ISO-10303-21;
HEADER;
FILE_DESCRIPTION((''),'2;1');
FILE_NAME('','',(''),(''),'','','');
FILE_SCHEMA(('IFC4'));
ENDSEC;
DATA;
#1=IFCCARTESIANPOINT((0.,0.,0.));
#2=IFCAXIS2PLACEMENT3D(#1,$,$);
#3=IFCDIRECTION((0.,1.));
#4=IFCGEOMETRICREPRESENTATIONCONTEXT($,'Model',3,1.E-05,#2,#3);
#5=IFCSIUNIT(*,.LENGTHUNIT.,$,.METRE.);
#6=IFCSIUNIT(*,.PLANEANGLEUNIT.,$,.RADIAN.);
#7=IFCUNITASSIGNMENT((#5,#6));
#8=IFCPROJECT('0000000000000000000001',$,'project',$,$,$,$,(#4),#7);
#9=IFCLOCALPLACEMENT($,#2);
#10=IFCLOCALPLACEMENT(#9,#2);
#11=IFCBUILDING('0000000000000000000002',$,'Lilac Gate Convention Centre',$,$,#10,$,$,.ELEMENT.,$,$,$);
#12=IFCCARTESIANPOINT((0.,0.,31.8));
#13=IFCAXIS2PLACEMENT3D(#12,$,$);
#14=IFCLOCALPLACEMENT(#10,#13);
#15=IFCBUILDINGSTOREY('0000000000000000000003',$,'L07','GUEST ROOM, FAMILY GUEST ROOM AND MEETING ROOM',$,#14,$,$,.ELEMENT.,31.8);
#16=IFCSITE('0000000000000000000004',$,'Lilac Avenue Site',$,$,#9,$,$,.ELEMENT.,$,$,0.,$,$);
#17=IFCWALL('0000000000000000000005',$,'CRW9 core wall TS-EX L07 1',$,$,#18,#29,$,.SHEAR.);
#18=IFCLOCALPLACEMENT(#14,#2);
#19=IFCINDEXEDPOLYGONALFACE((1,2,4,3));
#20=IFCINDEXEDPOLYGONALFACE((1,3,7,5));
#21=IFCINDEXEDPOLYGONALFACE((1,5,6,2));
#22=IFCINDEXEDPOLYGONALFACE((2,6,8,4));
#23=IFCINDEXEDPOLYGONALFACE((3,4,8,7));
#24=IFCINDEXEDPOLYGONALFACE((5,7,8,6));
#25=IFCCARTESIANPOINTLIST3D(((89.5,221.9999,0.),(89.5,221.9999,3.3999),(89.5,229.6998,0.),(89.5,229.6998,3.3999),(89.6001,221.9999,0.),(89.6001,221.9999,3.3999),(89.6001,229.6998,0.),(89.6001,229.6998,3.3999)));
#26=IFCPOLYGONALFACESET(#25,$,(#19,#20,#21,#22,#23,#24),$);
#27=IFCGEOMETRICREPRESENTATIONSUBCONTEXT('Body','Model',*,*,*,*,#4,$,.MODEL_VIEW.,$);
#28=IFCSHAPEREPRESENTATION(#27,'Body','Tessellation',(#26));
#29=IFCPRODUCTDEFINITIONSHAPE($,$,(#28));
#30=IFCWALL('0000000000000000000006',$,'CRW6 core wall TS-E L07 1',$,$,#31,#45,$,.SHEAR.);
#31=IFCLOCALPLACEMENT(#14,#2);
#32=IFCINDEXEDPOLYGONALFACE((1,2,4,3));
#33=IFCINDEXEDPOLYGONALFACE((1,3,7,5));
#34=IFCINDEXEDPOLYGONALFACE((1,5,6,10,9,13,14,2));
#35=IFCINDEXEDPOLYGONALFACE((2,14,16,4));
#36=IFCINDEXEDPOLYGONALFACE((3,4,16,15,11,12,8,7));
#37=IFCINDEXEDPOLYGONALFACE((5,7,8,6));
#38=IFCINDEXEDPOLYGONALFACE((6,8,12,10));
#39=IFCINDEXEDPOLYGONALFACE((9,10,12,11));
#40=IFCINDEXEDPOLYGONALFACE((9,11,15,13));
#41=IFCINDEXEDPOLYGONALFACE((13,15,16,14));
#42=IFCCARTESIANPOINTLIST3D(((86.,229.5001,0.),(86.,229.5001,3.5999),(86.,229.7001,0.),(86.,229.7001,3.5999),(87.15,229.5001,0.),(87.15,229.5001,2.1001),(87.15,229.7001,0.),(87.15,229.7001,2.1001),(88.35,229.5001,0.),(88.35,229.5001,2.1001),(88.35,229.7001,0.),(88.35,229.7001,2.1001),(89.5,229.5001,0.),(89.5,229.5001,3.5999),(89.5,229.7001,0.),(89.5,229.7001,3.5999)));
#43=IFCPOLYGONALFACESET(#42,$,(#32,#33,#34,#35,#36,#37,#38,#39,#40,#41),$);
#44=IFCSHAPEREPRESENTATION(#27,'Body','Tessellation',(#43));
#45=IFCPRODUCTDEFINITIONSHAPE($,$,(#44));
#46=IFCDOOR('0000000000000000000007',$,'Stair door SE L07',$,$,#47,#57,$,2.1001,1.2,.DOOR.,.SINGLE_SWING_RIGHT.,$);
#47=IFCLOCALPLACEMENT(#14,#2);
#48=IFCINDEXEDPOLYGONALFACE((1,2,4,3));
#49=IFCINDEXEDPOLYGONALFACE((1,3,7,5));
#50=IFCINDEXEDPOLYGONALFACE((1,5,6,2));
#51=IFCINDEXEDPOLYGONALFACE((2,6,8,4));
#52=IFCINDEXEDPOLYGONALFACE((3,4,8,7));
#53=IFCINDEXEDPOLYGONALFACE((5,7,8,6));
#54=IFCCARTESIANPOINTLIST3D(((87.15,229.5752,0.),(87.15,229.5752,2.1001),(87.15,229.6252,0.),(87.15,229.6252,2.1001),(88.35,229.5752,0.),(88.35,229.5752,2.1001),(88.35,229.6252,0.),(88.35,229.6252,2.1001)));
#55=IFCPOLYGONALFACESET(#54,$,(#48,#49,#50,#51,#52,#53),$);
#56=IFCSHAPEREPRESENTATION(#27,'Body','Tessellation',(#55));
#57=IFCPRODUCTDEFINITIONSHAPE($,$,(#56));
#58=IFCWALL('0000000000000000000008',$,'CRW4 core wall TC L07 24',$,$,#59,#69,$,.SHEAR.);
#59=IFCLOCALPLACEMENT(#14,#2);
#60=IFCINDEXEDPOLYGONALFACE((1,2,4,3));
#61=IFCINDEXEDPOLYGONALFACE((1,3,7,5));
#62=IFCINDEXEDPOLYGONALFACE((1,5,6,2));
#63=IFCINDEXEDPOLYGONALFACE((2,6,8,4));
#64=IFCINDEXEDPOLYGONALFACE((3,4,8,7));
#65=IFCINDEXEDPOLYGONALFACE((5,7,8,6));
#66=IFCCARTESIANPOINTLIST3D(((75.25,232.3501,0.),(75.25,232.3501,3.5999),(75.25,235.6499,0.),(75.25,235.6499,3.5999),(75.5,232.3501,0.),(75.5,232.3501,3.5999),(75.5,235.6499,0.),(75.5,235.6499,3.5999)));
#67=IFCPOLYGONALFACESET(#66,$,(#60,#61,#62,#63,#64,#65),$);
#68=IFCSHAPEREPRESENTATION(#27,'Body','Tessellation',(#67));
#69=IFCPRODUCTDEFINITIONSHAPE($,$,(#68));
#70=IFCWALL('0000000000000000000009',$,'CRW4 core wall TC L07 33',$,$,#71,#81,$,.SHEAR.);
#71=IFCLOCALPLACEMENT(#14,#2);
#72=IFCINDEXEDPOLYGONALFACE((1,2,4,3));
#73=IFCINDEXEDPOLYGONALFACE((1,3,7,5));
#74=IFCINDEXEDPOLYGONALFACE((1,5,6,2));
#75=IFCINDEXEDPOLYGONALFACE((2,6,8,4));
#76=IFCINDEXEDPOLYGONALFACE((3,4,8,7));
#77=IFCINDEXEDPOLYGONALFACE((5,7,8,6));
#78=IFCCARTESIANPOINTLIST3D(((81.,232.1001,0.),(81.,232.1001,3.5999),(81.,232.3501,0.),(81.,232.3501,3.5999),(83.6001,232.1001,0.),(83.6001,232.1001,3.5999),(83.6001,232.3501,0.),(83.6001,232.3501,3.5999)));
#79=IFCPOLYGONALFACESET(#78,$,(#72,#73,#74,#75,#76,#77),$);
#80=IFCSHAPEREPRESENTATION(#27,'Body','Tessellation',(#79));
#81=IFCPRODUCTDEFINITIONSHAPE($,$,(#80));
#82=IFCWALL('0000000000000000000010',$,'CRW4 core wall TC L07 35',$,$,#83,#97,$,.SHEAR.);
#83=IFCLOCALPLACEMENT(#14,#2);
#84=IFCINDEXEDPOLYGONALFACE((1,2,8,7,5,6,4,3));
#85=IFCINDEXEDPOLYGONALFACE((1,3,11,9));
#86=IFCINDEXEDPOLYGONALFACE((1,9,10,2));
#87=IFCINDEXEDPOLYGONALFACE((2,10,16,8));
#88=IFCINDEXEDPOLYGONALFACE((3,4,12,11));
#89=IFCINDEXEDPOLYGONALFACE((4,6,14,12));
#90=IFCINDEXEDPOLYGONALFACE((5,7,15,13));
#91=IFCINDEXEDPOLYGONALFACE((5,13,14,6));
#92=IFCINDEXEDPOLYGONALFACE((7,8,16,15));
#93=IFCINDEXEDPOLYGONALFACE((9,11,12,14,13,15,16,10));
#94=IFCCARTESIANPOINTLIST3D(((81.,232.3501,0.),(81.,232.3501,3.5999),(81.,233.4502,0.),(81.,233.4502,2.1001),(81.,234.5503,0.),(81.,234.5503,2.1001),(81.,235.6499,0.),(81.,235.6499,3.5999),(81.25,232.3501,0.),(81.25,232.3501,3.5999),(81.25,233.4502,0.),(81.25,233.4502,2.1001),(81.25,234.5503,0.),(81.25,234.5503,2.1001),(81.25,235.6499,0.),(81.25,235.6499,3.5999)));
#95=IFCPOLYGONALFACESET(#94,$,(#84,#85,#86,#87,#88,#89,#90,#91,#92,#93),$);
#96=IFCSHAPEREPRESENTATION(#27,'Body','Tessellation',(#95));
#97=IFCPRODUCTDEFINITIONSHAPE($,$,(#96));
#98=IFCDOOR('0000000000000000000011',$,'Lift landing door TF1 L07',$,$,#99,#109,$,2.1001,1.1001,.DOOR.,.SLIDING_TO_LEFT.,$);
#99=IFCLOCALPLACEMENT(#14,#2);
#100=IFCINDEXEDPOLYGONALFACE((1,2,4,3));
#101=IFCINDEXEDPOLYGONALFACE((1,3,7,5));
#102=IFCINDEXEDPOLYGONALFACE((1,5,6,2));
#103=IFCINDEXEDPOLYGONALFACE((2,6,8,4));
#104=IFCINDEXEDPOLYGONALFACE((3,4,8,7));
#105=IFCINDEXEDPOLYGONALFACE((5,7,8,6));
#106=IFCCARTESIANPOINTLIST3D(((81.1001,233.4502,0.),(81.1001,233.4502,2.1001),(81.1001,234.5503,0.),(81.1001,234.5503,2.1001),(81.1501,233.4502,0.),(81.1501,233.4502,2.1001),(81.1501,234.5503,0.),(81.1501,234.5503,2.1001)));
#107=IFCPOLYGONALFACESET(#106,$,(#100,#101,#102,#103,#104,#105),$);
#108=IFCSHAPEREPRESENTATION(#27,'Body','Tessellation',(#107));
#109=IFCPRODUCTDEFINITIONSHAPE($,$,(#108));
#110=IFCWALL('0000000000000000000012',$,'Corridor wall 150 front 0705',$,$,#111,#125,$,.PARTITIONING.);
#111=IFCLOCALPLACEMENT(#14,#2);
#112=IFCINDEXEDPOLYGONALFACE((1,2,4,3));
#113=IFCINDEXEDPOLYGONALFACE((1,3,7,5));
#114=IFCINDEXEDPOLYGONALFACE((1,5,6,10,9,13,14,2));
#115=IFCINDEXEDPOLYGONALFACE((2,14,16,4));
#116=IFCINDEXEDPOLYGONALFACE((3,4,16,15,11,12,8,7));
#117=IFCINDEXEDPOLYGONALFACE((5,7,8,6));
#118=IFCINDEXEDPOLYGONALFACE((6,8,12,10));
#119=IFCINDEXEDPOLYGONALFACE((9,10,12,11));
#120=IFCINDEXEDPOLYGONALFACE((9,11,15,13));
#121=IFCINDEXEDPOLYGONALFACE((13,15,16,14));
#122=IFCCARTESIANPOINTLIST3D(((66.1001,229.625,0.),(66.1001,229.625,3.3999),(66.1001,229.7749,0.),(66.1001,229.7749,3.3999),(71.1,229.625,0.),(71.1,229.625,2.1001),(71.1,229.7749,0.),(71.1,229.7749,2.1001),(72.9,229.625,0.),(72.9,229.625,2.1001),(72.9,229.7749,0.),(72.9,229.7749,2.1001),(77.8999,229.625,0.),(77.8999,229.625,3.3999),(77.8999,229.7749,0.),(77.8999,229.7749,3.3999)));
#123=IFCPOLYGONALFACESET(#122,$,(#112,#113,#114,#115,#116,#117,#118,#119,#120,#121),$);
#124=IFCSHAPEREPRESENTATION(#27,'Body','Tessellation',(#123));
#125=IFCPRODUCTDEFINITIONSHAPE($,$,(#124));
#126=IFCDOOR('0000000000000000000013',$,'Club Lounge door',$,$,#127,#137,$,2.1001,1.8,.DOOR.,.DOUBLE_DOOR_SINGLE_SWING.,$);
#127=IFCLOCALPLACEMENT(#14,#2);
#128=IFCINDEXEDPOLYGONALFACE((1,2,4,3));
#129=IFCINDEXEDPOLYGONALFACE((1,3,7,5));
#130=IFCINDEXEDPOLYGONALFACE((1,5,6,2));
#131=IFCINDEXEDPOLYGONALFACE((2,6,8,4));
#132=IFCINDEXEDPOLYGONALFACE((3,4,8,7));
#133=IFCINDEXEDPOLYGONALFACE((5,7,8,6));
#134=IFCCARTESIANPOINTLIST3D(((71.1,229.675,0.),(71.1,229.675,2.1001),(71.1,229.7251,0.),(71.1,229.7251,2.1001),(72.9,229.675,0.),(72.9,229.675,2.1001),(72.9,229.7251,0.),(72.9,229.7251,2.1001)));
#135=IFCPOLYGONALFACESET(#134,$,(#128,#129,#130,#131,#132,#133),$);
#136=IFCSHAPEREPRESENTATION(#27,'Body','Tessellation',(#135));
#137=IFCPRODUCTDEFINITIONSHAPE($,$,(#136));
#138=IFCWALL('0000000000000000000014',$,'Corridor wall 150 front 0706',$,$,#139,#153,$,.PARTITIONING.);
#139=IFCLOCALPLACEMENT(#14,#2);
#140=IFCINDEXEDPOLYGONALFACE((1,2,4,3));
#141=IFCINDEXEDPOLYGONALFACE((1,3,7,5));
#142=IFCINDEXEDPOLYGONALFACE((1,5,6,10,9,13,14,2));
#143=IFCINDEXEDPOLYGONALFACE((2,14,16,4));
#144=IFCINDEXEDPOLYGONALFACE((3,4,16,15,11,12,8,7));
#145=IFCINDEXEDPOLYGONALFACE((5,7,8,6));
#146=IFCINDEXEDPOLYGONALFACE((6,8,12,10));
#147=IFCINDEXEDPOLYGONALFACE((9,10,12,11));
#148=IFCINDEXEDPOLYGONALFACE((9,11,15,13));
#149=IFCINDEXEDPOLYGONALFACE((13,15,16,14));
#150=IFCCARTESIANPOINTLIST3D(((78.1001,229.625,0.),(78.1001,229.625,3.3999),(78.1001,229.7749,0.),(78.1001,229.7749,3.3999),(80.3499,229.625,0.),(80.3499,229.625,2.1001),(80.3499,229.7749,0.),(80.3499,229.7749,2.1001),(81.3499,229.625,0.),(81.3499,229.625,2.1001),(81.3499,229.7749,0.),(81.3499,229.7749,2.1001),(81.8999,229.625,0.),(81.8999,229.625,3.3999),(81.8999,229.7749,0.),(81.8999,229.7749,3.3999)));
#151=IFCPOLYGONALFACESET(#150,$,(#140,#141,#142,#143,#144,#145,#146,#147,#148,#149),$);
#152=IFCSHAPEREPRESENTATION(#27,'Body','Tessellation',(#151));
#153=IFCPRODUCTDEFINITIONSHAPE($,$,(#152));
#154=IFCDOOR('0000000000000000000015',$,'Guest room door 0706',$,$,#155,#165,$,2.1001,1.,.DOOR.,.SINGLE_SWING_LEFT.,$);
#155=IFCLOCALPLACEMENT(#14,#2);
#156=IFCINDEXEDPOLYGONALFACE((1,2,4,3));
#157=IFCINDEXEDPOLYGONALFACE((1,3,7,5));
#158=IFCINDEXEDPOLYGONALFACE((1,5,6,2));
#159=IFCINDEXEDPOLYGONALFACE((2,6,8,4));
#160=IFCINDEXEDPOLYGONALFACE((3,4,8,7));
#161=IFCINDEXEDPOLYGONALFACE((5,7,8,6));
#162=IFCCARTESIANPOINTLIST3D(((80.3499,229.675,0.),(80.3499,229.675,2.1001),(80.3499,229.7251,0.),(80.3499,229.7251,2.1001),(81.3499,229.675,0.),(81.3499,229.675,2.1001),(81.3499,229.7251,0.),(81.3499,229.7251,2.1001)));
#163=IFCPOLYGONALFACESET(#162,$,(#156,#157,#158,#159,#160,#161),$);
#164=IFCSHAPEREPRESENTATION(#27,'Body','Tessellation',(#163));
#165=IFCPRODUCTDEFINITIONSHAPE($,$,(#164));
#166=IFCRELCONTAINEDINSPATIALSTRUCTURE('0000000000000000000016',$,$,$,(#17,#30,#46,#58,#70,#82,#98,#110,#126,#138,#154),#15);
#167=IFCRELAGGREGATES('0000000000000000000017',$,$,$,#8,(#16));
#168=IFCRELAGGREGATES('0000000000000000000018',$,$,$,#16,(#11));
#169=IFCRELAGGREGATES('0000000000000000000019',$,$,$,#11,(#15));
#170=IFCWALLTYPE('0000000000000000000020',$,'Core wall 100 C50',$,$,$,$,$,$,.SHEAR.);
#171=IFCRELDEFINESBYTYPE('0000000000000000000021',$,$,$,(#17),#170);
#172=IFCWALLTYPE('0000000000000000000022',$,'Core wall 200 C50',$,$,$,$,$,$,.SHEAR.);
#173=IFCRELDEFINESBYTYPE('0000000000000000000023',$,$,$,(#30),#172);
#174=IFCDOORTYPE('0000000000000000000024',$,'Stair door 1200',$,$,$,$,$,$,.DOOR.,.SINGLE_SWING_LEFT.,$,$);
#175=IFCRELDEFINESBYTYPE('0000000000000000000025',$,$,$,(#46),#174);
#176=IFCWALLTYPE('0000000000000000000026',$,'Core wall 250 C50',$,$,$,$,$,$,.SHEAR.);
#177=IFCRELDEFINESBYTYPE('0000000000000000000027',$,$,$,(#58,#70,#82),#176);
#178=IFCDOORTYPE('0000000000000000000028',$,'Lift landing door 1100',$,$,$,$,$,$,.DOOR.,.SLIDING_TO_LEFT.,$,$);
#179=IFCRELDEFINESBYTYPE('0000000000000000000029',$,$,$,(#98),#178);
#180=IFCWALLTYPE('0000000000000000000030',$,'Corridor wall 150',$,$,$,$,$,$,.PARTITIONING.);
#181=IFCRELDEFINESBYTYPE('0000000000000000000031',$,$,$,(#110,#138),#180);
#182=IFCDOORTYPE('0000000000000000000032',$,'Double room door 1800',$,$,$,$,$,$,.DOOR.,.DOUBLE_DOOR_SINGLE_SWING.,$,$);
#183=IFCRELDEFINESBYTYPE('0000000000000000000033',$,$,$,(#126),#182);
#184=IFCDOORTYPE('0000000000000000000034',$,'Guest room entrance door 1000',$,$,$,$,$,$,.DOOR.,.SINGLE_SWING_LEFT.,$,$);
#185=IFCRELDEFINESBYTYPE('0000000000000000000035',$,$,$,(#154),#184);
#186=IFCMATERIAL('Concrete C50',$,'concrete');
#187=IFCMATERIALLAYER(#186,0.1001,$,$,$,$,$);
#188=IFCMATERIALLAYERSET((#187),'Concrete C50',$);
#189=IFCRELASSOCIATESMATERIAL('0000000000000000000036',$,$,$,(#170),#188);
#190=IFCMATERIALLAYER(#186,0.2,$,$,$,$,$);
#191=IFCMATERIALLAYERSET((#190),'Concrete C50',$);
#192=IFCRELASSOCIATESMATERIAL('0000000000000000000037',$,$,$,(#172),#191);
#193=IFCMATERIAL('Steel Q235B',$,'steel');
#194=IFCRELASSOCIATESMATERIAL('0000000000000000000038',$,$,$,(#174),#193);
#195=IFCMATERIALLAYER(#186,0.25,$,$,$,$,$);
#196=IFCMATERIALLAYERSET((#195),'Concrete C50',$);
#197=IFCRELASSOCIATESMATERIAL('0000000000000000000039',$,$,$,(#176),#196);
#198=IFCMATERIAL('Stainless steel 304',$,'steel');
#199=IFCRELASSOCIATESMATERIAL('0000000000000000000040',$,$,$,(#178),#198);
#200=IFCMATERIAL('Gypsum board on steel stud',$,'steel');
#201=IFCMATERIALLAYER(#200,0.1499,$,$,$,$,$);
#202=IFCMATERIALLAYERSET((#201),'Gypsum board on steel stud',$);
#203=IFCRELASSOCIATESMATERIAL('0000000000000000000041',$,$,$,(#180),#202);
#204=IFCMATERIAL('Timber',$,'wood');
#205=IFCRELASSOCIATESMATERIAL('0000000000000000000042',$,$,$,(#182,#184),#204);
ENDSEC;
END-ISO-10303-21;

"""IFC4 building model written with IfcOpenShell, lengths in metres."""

from ifc_helpers import new_model, si_unit, direction, frame, frame_2d, origin, place, context, subcontext, project, spatial, rectangle, extrude, material, layer, layer_set, type_object, element, fill, save


model = new_model("IFC4")

# Units and contexts
model_context = context("Model", 3, precision=1e-05, world=origin(), true_north=direction((0.0, 1.0)))
body_context = subcontext(model_context, "Body", "Model", "MODEL_VIEW")
ifc_project = project(units=[si_unit("LENGTHUNIT", "METRE"), si_unit("PLANEANGLEUNIT", "RADIAN")], contexts=[model_context])

# Site, building, storey
site_placement = place(None, origin())
site = spatial("IfcSite", under=ifc_project, at=site_placement, Name="Lilac Avenue Site", CompositionType="ELEMENT", RefElevation=0.0)
building_placement = place(site_placement, origin())
building = spatial("IfcBuilding", under=site, at=building_placement, Name="Lilac Gate Convention Centre", CompositionType="ELEMENT")
storey_placement = place(building_placement, frame((0.0, 0.0, 31.8)))
storey = spatial("IfcBuildingStorey", under=building, at=storey_placement, Name="L07", Description="GUEST ROOM, FAMILY GUEST ROOM AND MEETING ROOM", CompositionType="ELEMENT", Elevation=31.8)

# Wall
ifc_material_1 = material(Name="Concrete C50", Category="concrete")
ifc_layer_1 = layer(ifc_material_1, 0.1001)
ifc_layer_set_1 = layer_set([ifc_layer_1], Name="Concrete C50")
wall_type_1 = type_object("IfcWallType", Name="Core wall 100 C50", PredefinedType="SHEAR", material=ifc_layer_set_1)
wall_1_placement = place(storey_placement, frame((89.55, 229.7, 0.0), z_axis=(0.0, 0.0, 1.0), x_axis=(0.0, -1.0, 0.0)))
element("IfcWall", 1, at=wall_1_placement, inside=storey, type_object=wall_type_1, Name="CRW9 core wall TS-EX L07 1", PredefinedType="SHEAR", context=body_context, shape_type="SweptSolid", body=[
    extrude(rectangle(XDim=7.7, YDim=0.1001, at=frame_2d((3.8501, 0.0))), origin(), (0.0, 0.0, 1.0), 3.3999),
])

# Wall, opening, door
ifc_layer_2 = layer(ifc_material_1, 0.2)
ifc_layer_set_2 = layer_set([ifc_layer_2], Name="Concrete C50")
wall_type_2 = type_object("IfcWallType", Name="Core wall 200 C50", PredefinedType="SHEAR", material=ifc_layer_set_2)
wall_2_placement = place(storey_placement, frame((89.5, 229.6001, 0.0), z_axis=(0.0, 0.0, 1.0), x_axis=(-1.0, 0.0, 0.0)))
wall_2 = element("IfcWall", 2, at=wall_2_placement, inside=storey, type_object=wall_type_2, Name="CRW6 core wall TS-E L07 1", PredefinedType="SHEAR", context=body_context, shape_type="SweptSolid", body=[
    extrude(rectangle(XDim=3.5, YDim=0.2, at=frame_2d((1.75, 0.0))), origin(), (0.0, 0.0, 1.0), 3.5999),
])
opening_1_placement = place(wall_2_placement, frame((1.1499, 0.0, 0.0)))
opening_1 = element("IfcOpeningElement", 3, at=opening_1_placement, cuts=wall_2, PredefinedType="OPENING", context=body_context, shape_type="SweptSolid", body=[
    extrude(rectangle(XDim=1.2, YDim=2.1001, at=frame_2d((0.6001, 1.05))), frame((0.0, 0.1099, 0.0), z_axis=(0.0, -1.0, 0.0), x_axis=(1.0, 0.0, 0.0)), (0.0, 0.0, 1.0), 0.22),
])
ifc_material_2 = material(Name="Steel Q235B", Category="steel")
door_type_1 = type_object("IfcDoorType", Name="Stair door 1200", OperationType="SINGLE_SWING_LEFT", PredefinedType="DOOR", material=ifc_material_2)
door_1_placement = place(opening_1_placement, origin())
door_1 = element("IfcDoor", 4, at=door_1_placement, inside=storey, type_object=door_type_1, Name="Stair door SE L07", OperationType="SINGLE_SWING_RIGHT", OverallHeight=2.1001, OverallWidth=1.2, PredefinedType="DOOR", context=body_context, shape_type="SweptSolid", body=[
    extrude(rectangle(XDim=1.2, YDim=2.1001, at=frame_2d((0.6001, 1.05))), frame((0.0, 0.0249, 0.0), z_axis=(0.0, -1.0, 0.0), x_axis=(1.0, 0.0, 0.0)), (0.0, 0.0, 1.0), 0.05),
])
fill(opening_1, door_1)

# Walls
ifc_layer_3 = layer(ifc_material_1, 0.25)
ifc_layer_set_3 = layer_set([ifc_layer_3], Name="Concrete C50")
wall_type_3 = type_object("IfcWallType", Name="Core wall 250 C50", PredefinedType="SHEAR", material=ifc_layer_set_3)
wall_3_placement = place(storey_placement, frame((75.375, 232.3501, 0.0), z_axis=(0.0, 0.0, 1.0), x_axis=(0.0, 1.0, 0.0)))
element("IfcWall", 5, at=wall_3_placement, inside=storey, type_object=wall_type_3, Name="CRW4 core wall TC L07 24", PredefinedType="SHEAR", context=body_context, shape_type="SweptSolid", body=[
    extrude(rectangle(XDim=3.2998, YDim=0.25, at=frame_2d((1.6499, 0.0))), origin(), (0.0, 0.0, 1.0), 3.5999),
])
wall_4_placement = place(storey_placement, frame((81.0, 232.2251, 0.0), z_axis=(0.0, 0.0, 1.0), x_axis=(1.0, 0.0, 0.0)))
element("IfcWall", 6, at=wall_4_placement, inside=storey, type_object=wall_type_3, Name="CRW4 core wall TC L07 33", PredefinedType="SHEAR", context=body_context, shape_type="SweptSolid", body=[
    extrude(rectangle(XDim=2.6001, YDim=0.25, at=frame_2d((1.3, 0.0))), origin(), (0.0, 0.0, 1.0), 3.5999),
])

# Walls, openings, doors
wall_5_placement = place(storey_placement, frame((81.125, 232.3501, 0.0), z_axis=(0.0, 0.0, 1.0), x_axis=(0.0, 1.0, 0.0)))
wall_5 = element("IfcWall", 7, at=wall_5_placement, inside=storey, type_object=wall_type_3, Name="CRW4 core wall TC L07 35", PredefinedType="SHEAR", context=body_context, shape_type="SweptSolid", body=[
    extrude(rectangle(XDim=3.2998, YDim=0.25, at=frame_2d((1.6499, 0.0))), origin(), (0.0, 0.0, 1.0), 3.5999),
])
opening_2_placement = place(wall_5_placement, frame((1.1001, 0.0, 0.0)))
opening_2 = element("IfcOpeningElement", 8, at=opening_2_placement, cuts=wall_5, PredefinedType="OPENING", context=body_context, shape_type="SweptSolid", body=[
    extrude(rectangle(XDim=1.1001, YDim=2.1001, at=frame_2d((0.55, 1.05))), frame((0.0, 0.135, 0.0), z_axis=(0.0, -1.0, 0.0), x_axis=(1.0, 0.0, 0.0)), (0.0, 0.0, 1.0), 0.27),
])
ifc_material_3 = material(Name="Stainless steel 304", Category="steel")
door_type_2 = type_object("IfcDoorType", Name="Lift landing door 1100", OperationType="SLIDING_TO_LEFT", PredefinedType="DOOR", material=ifc_material_3)
door_2_placement = place(opening_2_placement, origin())
door_2 = element("IfcDoor", 9, at=door_2_placement, inside=storey, type_object=door_type_2, Name="Lift landing door TF1 L07", OperationType="SLIDING_TO_LEFT", OverallHeight=2.1001, OverallWidth=1.1001, PredefinedType="DOOR", context=body_context, shape_type="SweptSolid", body=[
    extrude(rectangle(XDim=1.1001, YDim=2.1001, at=frame_2d((0.55, 1.05))), frame((0.0, 0.0249, 0.0), z_axis=(0.0, -1.0, 0.0), x_axis=(1.0, 0.0, 0.0)), (0.0, 0.0, 1.0), 0.05),
])
fill(opening_2, door_2)
ifc_material_4 = material(Name="Gypsum board on steel stud", Category="steel")
ifc_layer_4 = layer(ifc_material_4, 0.1499)
ifc_layer_set_4 = layer_set([ifc_layer_4], Name="Gypsum board on steel stud")
wall_type_4 = type_object("IfcWallType", Name="Corridor wall 150", PredefinedType="PARTITIONING", material=ifc_layer_set_4)
wall_6_placement = place(storey_placement, frame((77.8999, 229.7, 0.0), z_axis=(0.0, 0.0, 1.0), x_axis=(-1.0, 0.0, 0.0)))
wall_6 = element("IfcWall", 10, at=wall_6_placement, inside=storey, type_object=wall_type_4, Name="Corridor wall 150 front 0705", PredefinedType="PARTITIONING", context=body_context, shape_type="SweptSolid", body=[
    extrude(rectangle(XDim=11.7998, YDim=0.1499, at=frame_2d((5.8999, 0.0))), origin(), (0.0, 0.0, 1.0), 3.3999),
])
opening_3_placement = place(wall_6_placement, frame((5.0, 0.0, 0.0)))
opening_3 = element("IfcOpeningElement", 11, at=opening_3_placement, cuts=wall_6, PredefinedType="OPENING", context=body_context, shape_type="SweptSolid", body=[
    extrude(rectangle(XDim=1.8, YDim=2.1001, at=frame_2d((0.8999, 1.05))), frame((0.0, 0.085, 0.0), z_axis=(0.0, -1.0, 0.0), x_axis=(1.0, 0.0, 0.0)), (0.0, 0.0, 1.0), 0.1699),
])
ifc_material_5 = material(Name="Timber", Category="wood")
door_type_3 = type_object("IfcDoorType", Name="Double room door 1800", OperationType="DOUBLE_DOOR_SINGLE_SWING", PredefinedType="DOOR", material=ifc_material_5)
door_3_placement = place(opening_3_placement, origin())
door_3 = element("IfcDoor", 12, at=door_3_placement, inside=storey, type_object=door_type_3, Name="Club Lounge door", OperationType="DOUBLE_DOOR_SINGLE_SWING", OverallHeight=2.1001, OverallWidth=1.8, PredefinedType="DOOR", context=body_context, shape_type="SweptSolid", body=[
    extrude(rectangle(XDim=1.8, YDim=2.1001, at=frame_2d((0.8999, 1.05))), frame((0.0, 0.0249, 0.0), z_axis=(0.0, -1.0, 0.0), x_axis=(1.0, 0.0, 0.0)), (0.0, 0.0, 1.0), 0.05),
])
fill(opening_3, door_3)
wall_7_placement = place(storey_placement, frame((81.8999, 229.7, 0.0), z_axis=(0.0, 0.0, 1.0), x_axis=(-1.0, 0.0, 0.0)))
wall_7 = element("IfcWall", 13, at=wall_7_placement, inside=storey, type_object=wall_type_4, Name="Corridor wall 150 front 0706", PredefinedType="PARTITIONING", context=body_context, shape_type="SweptSolid", body=[
    extrude(rectangle(XDim=3.7998, YDim=0.1499, at=frame_2d((1.8999, 0.0))), origin(), (0.0, 0.0, 1.0), 3.3999),
])
opening_4_placement = place(wall_7_placement, frame((0.55, 0.0, 0.0)))
opening_4 = element("IfcOpeningElement", 14, at=opening_4_placement, cuts=wall_7, PredefinedType="OPENING", context=body_context, shape_type="SweptSolid", body=[
    extrude(rectangle(XDim=1.0, YDim=2.1001, at=frame_2d((0.5, 1.05))), frame((0.0, 0.085, 0.0), z_axis=(0.0, -1.0, 0.0), x_axis=(1.0, 0.0, 0.0)), (0.0, 0.0, 1.0), 0.1699),
])
door_type_4 = type_object("IfcDoorType", Name="Guest room entrance door 1000", OperationType="SINGLE_SWING_LEFT", PredefinedType="DOOR", material=ifc_material_5)
door_4_placement = place(opening_4_placement, origin())
door_4 = element("IfcDoor", 15, at=door_4_placement, inside=storey, type_object=door_type_4, Name="Guest room door 0706", OperationType="SINGLE_SWING_LEFT", OverallHeight=2.1001, OverallWidth=1.0, PredefinedType="DOOR", context=body_context, shape_type="SweptSolid", body=[
    extrude(rectangle(XDim=1.0, YDim=2.1001, at=frame_2d((0.5, 1.05))), frame((0.0, 0.0249, 0.0), z_axis=(0.0, -1.0, 0.0), x_axis=(1.0, 0.0, 0.0)), (0.0, 0.0, 1.0), 0.05),
])
fill(opening_4, door_4)

save(model, "model.ifc")
